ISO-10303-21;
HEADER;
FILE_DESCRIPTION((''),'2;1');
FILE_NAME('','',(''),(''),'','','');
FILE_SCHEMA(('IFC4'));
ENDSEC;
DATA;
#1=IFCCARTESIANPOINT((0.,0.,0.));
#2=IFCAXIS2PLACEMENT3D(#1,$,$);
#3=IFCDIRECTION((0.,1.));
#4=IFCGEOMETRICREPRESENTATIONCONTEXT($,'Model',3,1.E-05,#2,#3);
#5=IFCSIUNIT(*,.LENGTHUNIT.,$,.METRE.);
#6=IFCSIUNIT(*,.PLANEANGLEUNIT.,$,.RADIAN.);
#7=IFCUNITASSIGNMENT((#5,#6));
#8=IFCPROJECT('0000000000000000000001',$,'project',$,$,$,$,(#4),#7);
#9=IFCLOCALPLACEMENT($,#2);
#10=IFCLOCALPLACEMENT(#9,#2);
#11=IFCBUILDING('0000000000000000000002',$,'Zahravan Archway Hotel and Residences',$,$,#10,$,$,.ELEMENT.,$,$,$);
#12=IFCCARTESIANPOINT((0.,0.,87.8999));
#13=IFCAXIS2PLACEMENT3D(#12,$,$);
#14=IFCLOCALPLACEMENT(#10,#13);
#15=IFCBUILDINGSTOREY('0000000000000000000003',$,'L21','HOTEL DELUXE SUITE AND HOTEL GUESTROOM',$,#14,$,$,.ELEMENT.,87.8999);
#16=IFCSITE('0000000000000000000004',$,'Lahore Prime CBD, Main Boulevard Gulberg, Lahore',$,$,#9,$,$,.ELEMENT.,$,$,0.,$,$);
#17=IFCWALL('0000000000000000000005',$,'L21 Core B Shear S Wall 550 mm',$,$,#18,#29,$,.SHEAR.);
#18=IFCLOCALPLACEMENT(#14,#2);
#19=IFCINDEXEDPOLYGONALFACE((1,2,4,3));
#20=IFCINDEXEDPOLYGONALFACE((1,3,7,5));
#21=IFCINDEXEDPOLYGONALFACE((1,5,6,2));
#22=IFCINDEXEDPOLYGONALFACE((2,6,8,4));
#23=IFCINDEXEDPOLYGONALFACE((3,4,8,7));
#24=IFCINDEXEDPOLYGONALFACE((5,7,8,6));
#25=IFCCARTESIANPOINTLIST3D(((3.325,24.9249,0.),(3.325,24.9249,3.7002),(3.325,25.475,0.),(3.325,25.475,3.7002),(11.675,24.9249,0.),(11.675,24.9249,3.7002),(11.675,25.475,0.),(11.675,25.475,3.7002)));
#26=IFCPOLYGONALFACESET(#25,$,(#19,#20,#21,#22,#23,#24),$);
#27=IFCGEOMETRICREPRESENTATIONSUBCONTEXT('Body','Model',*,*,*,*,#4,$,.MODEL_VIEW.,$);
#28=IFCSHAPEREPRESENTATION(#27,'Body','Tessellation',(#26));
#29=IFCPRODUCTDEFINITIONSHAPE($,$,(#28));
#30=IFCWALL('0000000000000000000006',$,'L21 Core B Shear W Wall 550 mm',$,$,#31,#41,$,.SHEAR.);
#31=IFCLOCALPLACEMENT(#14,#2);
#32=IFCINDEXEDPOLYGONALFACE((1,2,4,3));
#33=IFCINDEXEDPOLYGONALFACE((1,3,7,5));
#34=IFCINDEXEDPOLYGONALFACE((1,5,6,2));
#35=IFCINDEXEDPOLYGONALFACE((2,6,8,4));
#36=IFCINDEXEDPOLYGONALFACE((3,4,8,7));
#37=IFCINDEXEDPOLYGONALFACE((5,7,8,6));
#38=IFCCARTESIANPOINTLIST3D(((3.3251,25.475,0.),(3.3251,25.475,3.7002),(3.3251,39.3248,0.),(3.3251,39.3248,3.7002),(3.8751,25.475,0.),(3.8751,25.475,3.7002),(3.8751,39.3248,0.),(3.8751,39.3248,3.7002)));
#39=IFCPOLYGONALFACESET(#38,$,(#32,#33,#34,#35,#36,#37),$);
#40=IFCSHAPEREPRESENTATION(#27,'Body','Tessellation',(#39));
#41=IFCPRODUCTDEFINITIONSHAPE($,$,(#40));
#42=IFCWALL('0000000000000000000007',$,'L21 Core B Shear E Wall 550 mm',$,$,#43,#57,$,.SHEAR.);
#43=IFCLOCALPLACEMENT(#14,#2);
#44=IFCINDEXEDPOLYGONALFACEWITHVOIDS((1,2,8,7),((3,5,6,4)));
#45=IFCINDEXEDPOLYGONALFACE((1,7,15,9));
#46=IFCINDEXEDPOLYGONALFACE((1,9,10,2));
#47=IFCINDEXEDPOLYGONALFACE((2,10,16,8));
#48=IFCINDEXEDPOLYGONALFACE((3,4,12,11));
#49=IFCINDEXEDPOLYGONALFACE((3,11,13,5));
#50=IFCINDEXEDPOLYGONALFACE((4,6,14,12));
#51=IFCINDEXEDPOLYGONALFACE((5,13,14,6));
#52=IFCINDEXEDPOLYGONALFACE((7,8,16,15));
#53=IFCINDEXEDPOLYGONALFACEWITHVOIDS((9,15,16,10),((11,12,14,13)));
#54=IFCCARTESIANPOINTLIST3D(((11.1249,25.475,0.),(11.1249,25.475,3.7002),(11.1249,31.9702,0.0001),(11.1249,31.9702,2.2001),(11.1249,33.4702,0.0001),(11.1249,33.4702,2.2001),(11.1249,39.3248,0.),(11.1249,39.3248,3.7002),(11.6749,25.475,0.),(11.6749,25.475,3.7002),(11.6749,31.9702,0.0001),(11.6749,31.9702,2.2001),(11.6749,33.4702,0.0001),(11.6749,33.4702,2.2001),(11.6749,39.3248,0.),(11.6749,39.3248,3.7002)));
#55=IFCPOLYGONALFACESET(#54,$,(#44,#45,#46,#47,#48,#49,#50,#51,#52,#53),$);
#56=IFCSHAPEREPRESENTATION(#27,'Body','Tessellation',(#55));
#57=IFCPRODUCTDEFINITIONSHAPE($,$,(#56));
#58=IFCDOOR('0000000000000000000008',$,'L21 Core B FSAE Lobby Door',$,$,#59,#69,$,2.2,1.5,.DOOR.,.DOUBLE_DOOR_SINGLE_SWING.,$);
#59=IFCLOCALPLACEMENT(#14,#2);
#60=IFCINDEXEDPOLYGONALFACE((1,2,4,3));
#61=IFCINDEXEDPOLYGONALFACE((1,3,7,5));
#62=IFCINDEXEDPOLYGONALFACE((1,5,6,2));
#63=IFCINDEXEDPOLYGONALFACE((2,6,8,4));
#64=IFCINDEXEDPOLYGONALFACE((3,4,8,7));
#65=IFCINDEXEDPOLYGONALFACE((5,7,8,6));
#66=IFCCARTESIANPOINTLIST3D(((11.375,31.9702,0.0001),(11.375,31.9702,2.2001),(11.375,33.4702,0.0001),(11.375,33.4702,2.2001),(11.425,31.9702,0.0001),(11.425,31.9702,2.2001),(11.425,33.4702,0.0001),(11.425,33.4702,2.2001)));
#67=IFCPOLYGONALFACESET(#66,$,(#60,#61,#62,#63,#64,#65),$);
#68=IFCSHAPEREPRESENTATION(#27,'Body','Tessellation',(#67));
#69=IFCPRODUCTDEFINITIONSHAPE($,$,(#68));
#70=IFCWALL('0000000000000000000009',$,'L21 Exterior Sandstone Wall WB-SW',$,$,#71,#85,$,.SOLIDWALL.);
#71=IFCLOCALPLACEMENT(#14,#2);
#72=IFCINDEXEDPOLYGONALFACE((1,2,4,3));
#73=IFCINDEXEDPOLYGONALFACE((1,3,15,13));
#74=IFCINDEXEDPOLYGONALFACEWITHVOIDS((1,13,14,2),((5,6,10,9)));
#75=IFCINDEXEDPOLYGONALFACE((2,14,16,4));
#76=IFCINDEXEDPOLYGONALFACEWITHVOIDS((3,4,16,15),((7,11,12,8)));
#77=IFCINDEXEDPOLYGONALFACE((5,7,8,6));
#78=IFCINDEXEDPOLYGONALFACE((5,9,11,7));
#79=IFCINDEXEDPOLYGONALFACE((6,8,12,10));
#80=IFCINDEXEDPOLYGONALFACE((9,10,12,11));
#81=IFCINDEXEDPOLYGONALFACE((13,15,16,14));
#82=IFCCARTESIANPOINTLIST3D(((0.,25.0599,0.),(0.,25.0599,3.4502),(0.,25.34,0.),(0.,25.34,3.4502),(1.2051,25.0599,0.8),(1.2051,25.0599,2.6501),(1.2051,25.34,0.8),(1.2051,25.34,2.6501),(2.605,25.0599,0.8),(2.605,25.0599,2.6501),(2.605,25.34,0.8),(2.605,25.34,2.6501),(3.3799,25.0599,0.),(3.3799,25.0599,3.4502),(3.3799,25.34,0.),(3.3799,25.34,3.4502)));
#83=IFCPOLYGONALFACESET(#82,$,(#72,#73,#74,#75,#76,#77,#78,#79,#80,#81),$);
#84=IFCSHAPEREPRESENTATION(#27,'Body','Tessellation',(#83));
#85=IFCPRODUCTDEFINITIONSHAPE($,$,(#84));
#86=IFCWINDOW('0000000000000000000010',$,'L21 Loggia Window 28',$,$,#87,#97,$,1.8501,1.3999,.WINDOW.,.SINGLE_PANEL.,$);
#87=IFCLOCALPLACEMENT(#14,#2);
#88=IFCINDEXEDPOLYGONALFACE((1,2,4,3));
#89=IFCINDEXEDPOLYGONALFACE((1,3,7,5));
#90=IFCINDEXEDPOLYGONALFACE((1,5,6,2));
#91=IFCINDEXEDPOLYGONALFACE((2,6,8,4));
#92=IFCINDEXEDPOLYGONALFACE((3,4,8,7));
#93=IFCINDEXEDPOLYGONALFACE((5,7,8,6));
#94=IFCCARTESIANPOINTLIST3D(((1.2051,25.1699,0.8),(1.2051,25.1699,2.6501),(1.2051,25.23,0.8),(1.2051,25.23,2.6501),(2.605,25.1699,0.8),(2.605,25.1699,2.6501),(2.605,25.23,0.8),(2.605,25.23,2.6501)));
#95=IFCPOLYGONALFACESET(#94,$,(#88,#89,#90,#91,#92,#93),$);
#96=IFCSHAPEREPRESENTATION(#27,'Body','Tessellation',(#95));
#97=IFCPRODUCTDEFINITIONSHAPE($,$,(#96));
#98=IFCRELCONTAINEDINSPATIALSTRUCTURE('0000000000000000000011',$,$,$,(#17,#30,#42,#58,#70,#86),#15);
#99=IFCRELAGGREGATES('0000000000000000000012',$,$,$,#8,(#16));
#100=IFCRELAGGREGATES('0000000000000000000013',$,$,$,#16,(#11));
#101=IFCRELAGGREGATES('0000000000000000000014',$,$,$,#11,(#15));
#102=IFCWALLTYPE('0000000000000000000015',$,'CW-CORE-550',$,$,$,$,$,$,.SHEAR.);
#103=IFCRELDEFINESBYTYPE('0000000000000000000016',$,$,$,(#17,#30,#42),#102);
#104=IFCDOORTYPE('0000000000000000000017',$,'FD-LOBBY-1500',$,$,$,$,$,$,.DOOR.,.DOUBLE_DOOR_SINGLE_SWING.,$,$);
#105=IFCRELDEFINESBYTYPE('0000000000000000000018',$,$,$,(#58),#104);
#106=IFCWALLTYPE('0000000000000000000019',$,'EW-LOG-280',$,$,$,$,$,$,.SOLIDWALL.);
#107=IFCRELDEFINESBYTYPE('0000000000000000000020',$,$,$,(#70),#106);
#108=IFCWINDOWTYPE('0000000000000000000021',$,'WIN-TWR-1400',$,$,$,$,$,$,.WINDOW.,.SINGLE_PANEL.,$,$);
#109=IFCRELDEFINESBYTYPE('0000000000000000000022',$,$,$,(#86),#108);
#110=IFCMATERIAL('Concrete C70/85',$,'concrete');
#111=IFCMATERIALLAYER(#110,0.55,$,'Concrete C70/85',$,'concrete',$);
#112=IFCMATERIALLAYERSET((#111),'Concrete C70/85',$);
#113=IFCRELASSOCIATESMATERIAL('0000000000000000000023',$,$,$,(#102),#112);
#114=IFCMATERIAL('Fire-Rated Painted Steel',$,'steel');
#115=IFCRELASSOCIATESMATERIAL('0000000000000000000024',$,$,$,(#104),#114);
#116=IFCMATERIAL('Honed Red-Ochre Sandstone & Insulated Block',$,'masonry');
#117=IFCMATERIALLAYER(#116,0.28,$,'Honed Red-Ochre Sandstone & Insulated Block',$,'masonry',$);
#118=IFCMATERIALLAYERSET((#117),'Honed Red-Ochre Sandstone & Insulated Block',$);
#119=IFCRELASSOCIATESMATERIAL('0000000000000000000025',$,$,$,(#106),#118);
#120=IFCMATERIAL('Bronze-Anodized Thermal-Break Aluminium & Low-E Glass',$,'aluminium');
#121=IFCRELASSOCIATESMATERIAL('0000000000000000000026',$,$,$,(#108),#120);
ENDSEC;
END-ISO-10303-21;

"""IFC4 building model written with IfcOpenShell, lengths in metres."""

from ifc_helpers import new_model, si_unit, direction, frame, frame_2d, origin, place, context, subcontext, project, spatial, rectangle, extrude, source, transform, mapped, material, layer, layer_set, type_object, type_shapes, element, fill, save


model = new_model("IFC4")

# Units and contexts
model_context = context("Model", 3, precision=1e-05, world=origin(), true_north=direction((0.0, 1.0)))
body_context = subcontext(model_context, "Body", "Model", "MODEL_VIEW")
ifc_project = project(units=[si_unit("LENGTHUNIT", "METRE"), si_unit("PLANEANGLEUNIT", "RADIAN")], contexts=[model_context])

# Site, building, storey
site_placement = place(None, origin())
site = spatial("IfcSite", under=ifc_project, at=site_placement, Name="Lahore Prime CBD, Main Boulevard Gulberg, Lahore", CompositionType="ELEMENT", RefElevation=0.0)
building_placement = place(site_placement, origin())
building = spatial("IfcBuilding", under=site, at=building_placement, Name="Zahravan Archway Hotel and Residences", CompositionType="ELEMENT")
storey_placement = place(building_placement, frame((0.0, 0.0, 87.8999)))
storey = spatial("IfcBuildingStorey", under=building, at=storey_placement, Name="L21", Description="HOTEL DELUXE SUITE AND HOTEL GUESTROOM", CompositionType="ELEMENT", Elevation=87.8999)

# Shared definitions
ifc_material_1 = material(Name="Concrete C70/85", Category="concrete")

# Walls
ifc_layer_1 = layer(ifc_material_1, 0.55, Name="Concrete C70/85", Category="concrete")
ifc_layer_set_1 = layer_set([ifc_layer_1], Name="Concrete C70/85")
wall_type_1 = type_object("IfcWallType", Name="CW-CORE-550", PredefinedType="SHEAR", material=ifc_layer_set_1)
wall_1_placement = place(storey_placement, frame((3.325, 25.2, 0.0), z_axis=(0.0, 0.0, 1.0), x_axis=(1.0, 0.0, 0.0)))
element("IfcWall", 1, at=wall_1_placement, inside=storey, type_object=wall_type_1, Name="L21 Core B Shear S Wall 550 mm", PredefinedType="SHEAR", context=body_context, shape_type="SweptSolid", body=[
    extrude(rectangle(XDim=8.3501, YDim=0.55, at=frame_2d((4.175, 0.0))), origin(), (0.0, 0.0, 1.0), 3.7002),
])
wall_2_placement = place(storey_placement, frame((3.6001, 25.4751, 0.0), z_axis=(0.0, 0.0, 1.0), x_axis=(0.0, 1.0, 0.0)))
element("IfcWall", 2, at=wall_2_placement, inside=storey, type_object=wall_type_1, Name="L21 Core B Shear W Wall 550 mm", PredefinedType="SHEAR", context=body_context, shape_type="SweptSolid", body=[
    extrude(rectangle(XDim=13.8499, YDim=0.55, at=frame_2d((6.9248, 0.0))), origin(), (0.0, 0.0, 1.0), 3.7002),
])

# Wall, opening, door
wall_3_placement = place(storey_placement, frame((11.3999, 25.4751, 0.0), z_axis=(0.0, 0.0, 1.0), x_axis=(0.0, 1.0, 0.0)))
wall_3 = element("IfcWall", 3, at=wall_3_placement, inside=storey, type_object=wall_type_1, Name="L21 Core B Shear E Wall 550 mm", PredefinedType="SHEAR", context=body_context, shape_type="SweptSolid", body=[
    extrude(rectangle(XDim=13.8499, YDim=0.55, at=frame_2d((6.9248, 0.0))), origin(), (0.0, 0.0, 1.0), 3.7002),
])
opening_1_placement = place(wall_3_placement, frame((6.4951, 0.0, 0.0)))
opening_1 = element("IfcOpeningElement", 4, at=opening_1_placement, cuts=wall_3, PredefinedType="OPENING", context=body_context, shape_type="SweptSolid", body=[
    extrude(rectangle(XDim=1.5, YDim=2.2, at=frame_2d((0.75, 1.1001))), frame((0.0, 0.2852, 0.0), z_axis=(0.0, -1.0, 0.0), x_axis=(1.0, 0.0, 0.0)), (0.0, 0.0, 1.0), 0.5701),
])
ifc_material_2 = material(Name="Fire-Rated Painted Steel", Category="steel")
door_type_1 = type_object("IfcDoorType", Name="FD-LOBBY-1500", OperationType="DOUBLE_DOOR_SINGLE_SWING", PredefinedType="DOOR", material=ifc_material_2)
shared_shape_1 = source(origin(), body_context, "Body", "SweptSolid", [
    extrude(rectangle(XDim=1.5, YDim=2.2, at=frame_2d((0.75, 1.1001))), frame((0.0, 0.0249, 0.0), z_axis=(0.0, -1.0, 0.0), x_axis=(1.0, 0.0, 0.0)), (0.0, 0.0, 1.0), 0.05),
])
type_shapes(door_type_1, [shared_shape_1])
door_1_placement = place(opening_1_placement, origin())
door_1 = element("IfcDoor", 5, at=door_1_placement, inside=storey, type_object=door_type_1, Name="L21 Core B FSAE Lobby Door", OperationType="DOUBLE_DOOR_SINGLE_SWING", OverallHeight=2.2, OverallWidth=1.5, PredefinedType="DOOR", context=body_context, shape_type="MappedRepresentation", body=[
    mapped(shared_shape_1, transform((0.0, 0.0, 0.0), scale=1.0)),
])
fill(opening_1, door_1)

# Wall, opening, window
ifc_material_3 = material(Name="Honed Red-Ochre Sandstone & Insulated Block", Category="masonry")
ifc_layer_2 = layer(ifc_material_3, 0.28, Name="Honed Red-Ochre Sandstone & Insulated Block", Category="masonry")
ifc_layer_set_2 = layer_set([ifc_layer_2], Name="Honed Red-Ochre Sandstone & Insulated Block")
wall_type_2 = type_object("IfcWallType", Name="EW-LOG-280", PredefinedType="SOLIDWALL", material=ifc_layer_set_2)
wall_4_placement = place(storey_placement, frame((0.0, 25.2, 0.0), z_axis=(0.0, 0.0, 1.0), x_axis=(1.0, 0.0, 0.0)))
wall_4 = element("IfcWall", 6, at=wall_4_placement, inside=storey, type_object=wall_type_2, Name="L21 Exterior Sandstone Wall WB-SW", PredefinedType="SOLIDWALL", context=body_context, shape_type="SweptSolid", body=[
    extrude(rectangle(XDim=3.3799, YDim=0.28, at=frame_2d((1.6899, 0.0))), origin(), (0.0, 0.0, 1.0), 3.4502),
])
opening_2_placement = place(wall_4_placement, frame((1.2051, 0.0, 0.8)))
opening_2 = element("IfcOpeningElement", 7, at=opening_2_placement, cuts=wall_4, PredefinedType="OPENING", context=body_context, shape_type="SweptSolid", body=[
    extrude(rectangle(XDim=1.3999, YDim=1.8501, at=frame_2d((0.7, 0.925))), frame((0.0, 0.1499, 0.0), z_axis=(0.0, -1.0, 0.0), x_axis=(1.0, 0.0, 0.0)), (0.0, 0.0, 1.0), 0.3),
])
ifc_material_4 = material(Name="Bronze-Anodized Thermal-Break Aluminium & Low-E Glass", Category="aluminium")
window_type_1 = type_object("IfcWindowType", Name="WIN-TWR-1400", PartitioningType="SINGLE_PANEL", PredefinedType="WINDOW", material=ifc_material_4)
shared_shape_2 = source(origin(), body_context, "Body", "SweptSolid", [
    extrude(rectangle(XDim=1.3999, YDim=1.8501, at=frame_2d((0.7, 0.925))), frame((0.0, 0.03, 0.0), z_axis=(0.0, -1.0, 0.0), x_axis=(1.0, 0.0, 0.0)), (0.0, 0.0, 1.0), 0.0601),
])
type_shapes(window_type_1, [shared_shape_2])
window_1_placement = place(opening_2_placement, origin())
window_1 = element("IfcWindow", 8, at=window_1_placement, inside=storey, type_object=window_type_1, Name="L21 Loggia Window 28", OverallHeight=1.8501, OverallWidth=1.3999, PartitioningType="SINGLE_PANEL", PredefinedType="WINDOW", context=body_context, shape_type="MappedRepresentation", body=[
    mapped(shared_shape_2, transform((0.0, 0.0, 0.0), scale=1.0)),
])
fill(opening_2, window_1)

save(model, "model.ifc")
